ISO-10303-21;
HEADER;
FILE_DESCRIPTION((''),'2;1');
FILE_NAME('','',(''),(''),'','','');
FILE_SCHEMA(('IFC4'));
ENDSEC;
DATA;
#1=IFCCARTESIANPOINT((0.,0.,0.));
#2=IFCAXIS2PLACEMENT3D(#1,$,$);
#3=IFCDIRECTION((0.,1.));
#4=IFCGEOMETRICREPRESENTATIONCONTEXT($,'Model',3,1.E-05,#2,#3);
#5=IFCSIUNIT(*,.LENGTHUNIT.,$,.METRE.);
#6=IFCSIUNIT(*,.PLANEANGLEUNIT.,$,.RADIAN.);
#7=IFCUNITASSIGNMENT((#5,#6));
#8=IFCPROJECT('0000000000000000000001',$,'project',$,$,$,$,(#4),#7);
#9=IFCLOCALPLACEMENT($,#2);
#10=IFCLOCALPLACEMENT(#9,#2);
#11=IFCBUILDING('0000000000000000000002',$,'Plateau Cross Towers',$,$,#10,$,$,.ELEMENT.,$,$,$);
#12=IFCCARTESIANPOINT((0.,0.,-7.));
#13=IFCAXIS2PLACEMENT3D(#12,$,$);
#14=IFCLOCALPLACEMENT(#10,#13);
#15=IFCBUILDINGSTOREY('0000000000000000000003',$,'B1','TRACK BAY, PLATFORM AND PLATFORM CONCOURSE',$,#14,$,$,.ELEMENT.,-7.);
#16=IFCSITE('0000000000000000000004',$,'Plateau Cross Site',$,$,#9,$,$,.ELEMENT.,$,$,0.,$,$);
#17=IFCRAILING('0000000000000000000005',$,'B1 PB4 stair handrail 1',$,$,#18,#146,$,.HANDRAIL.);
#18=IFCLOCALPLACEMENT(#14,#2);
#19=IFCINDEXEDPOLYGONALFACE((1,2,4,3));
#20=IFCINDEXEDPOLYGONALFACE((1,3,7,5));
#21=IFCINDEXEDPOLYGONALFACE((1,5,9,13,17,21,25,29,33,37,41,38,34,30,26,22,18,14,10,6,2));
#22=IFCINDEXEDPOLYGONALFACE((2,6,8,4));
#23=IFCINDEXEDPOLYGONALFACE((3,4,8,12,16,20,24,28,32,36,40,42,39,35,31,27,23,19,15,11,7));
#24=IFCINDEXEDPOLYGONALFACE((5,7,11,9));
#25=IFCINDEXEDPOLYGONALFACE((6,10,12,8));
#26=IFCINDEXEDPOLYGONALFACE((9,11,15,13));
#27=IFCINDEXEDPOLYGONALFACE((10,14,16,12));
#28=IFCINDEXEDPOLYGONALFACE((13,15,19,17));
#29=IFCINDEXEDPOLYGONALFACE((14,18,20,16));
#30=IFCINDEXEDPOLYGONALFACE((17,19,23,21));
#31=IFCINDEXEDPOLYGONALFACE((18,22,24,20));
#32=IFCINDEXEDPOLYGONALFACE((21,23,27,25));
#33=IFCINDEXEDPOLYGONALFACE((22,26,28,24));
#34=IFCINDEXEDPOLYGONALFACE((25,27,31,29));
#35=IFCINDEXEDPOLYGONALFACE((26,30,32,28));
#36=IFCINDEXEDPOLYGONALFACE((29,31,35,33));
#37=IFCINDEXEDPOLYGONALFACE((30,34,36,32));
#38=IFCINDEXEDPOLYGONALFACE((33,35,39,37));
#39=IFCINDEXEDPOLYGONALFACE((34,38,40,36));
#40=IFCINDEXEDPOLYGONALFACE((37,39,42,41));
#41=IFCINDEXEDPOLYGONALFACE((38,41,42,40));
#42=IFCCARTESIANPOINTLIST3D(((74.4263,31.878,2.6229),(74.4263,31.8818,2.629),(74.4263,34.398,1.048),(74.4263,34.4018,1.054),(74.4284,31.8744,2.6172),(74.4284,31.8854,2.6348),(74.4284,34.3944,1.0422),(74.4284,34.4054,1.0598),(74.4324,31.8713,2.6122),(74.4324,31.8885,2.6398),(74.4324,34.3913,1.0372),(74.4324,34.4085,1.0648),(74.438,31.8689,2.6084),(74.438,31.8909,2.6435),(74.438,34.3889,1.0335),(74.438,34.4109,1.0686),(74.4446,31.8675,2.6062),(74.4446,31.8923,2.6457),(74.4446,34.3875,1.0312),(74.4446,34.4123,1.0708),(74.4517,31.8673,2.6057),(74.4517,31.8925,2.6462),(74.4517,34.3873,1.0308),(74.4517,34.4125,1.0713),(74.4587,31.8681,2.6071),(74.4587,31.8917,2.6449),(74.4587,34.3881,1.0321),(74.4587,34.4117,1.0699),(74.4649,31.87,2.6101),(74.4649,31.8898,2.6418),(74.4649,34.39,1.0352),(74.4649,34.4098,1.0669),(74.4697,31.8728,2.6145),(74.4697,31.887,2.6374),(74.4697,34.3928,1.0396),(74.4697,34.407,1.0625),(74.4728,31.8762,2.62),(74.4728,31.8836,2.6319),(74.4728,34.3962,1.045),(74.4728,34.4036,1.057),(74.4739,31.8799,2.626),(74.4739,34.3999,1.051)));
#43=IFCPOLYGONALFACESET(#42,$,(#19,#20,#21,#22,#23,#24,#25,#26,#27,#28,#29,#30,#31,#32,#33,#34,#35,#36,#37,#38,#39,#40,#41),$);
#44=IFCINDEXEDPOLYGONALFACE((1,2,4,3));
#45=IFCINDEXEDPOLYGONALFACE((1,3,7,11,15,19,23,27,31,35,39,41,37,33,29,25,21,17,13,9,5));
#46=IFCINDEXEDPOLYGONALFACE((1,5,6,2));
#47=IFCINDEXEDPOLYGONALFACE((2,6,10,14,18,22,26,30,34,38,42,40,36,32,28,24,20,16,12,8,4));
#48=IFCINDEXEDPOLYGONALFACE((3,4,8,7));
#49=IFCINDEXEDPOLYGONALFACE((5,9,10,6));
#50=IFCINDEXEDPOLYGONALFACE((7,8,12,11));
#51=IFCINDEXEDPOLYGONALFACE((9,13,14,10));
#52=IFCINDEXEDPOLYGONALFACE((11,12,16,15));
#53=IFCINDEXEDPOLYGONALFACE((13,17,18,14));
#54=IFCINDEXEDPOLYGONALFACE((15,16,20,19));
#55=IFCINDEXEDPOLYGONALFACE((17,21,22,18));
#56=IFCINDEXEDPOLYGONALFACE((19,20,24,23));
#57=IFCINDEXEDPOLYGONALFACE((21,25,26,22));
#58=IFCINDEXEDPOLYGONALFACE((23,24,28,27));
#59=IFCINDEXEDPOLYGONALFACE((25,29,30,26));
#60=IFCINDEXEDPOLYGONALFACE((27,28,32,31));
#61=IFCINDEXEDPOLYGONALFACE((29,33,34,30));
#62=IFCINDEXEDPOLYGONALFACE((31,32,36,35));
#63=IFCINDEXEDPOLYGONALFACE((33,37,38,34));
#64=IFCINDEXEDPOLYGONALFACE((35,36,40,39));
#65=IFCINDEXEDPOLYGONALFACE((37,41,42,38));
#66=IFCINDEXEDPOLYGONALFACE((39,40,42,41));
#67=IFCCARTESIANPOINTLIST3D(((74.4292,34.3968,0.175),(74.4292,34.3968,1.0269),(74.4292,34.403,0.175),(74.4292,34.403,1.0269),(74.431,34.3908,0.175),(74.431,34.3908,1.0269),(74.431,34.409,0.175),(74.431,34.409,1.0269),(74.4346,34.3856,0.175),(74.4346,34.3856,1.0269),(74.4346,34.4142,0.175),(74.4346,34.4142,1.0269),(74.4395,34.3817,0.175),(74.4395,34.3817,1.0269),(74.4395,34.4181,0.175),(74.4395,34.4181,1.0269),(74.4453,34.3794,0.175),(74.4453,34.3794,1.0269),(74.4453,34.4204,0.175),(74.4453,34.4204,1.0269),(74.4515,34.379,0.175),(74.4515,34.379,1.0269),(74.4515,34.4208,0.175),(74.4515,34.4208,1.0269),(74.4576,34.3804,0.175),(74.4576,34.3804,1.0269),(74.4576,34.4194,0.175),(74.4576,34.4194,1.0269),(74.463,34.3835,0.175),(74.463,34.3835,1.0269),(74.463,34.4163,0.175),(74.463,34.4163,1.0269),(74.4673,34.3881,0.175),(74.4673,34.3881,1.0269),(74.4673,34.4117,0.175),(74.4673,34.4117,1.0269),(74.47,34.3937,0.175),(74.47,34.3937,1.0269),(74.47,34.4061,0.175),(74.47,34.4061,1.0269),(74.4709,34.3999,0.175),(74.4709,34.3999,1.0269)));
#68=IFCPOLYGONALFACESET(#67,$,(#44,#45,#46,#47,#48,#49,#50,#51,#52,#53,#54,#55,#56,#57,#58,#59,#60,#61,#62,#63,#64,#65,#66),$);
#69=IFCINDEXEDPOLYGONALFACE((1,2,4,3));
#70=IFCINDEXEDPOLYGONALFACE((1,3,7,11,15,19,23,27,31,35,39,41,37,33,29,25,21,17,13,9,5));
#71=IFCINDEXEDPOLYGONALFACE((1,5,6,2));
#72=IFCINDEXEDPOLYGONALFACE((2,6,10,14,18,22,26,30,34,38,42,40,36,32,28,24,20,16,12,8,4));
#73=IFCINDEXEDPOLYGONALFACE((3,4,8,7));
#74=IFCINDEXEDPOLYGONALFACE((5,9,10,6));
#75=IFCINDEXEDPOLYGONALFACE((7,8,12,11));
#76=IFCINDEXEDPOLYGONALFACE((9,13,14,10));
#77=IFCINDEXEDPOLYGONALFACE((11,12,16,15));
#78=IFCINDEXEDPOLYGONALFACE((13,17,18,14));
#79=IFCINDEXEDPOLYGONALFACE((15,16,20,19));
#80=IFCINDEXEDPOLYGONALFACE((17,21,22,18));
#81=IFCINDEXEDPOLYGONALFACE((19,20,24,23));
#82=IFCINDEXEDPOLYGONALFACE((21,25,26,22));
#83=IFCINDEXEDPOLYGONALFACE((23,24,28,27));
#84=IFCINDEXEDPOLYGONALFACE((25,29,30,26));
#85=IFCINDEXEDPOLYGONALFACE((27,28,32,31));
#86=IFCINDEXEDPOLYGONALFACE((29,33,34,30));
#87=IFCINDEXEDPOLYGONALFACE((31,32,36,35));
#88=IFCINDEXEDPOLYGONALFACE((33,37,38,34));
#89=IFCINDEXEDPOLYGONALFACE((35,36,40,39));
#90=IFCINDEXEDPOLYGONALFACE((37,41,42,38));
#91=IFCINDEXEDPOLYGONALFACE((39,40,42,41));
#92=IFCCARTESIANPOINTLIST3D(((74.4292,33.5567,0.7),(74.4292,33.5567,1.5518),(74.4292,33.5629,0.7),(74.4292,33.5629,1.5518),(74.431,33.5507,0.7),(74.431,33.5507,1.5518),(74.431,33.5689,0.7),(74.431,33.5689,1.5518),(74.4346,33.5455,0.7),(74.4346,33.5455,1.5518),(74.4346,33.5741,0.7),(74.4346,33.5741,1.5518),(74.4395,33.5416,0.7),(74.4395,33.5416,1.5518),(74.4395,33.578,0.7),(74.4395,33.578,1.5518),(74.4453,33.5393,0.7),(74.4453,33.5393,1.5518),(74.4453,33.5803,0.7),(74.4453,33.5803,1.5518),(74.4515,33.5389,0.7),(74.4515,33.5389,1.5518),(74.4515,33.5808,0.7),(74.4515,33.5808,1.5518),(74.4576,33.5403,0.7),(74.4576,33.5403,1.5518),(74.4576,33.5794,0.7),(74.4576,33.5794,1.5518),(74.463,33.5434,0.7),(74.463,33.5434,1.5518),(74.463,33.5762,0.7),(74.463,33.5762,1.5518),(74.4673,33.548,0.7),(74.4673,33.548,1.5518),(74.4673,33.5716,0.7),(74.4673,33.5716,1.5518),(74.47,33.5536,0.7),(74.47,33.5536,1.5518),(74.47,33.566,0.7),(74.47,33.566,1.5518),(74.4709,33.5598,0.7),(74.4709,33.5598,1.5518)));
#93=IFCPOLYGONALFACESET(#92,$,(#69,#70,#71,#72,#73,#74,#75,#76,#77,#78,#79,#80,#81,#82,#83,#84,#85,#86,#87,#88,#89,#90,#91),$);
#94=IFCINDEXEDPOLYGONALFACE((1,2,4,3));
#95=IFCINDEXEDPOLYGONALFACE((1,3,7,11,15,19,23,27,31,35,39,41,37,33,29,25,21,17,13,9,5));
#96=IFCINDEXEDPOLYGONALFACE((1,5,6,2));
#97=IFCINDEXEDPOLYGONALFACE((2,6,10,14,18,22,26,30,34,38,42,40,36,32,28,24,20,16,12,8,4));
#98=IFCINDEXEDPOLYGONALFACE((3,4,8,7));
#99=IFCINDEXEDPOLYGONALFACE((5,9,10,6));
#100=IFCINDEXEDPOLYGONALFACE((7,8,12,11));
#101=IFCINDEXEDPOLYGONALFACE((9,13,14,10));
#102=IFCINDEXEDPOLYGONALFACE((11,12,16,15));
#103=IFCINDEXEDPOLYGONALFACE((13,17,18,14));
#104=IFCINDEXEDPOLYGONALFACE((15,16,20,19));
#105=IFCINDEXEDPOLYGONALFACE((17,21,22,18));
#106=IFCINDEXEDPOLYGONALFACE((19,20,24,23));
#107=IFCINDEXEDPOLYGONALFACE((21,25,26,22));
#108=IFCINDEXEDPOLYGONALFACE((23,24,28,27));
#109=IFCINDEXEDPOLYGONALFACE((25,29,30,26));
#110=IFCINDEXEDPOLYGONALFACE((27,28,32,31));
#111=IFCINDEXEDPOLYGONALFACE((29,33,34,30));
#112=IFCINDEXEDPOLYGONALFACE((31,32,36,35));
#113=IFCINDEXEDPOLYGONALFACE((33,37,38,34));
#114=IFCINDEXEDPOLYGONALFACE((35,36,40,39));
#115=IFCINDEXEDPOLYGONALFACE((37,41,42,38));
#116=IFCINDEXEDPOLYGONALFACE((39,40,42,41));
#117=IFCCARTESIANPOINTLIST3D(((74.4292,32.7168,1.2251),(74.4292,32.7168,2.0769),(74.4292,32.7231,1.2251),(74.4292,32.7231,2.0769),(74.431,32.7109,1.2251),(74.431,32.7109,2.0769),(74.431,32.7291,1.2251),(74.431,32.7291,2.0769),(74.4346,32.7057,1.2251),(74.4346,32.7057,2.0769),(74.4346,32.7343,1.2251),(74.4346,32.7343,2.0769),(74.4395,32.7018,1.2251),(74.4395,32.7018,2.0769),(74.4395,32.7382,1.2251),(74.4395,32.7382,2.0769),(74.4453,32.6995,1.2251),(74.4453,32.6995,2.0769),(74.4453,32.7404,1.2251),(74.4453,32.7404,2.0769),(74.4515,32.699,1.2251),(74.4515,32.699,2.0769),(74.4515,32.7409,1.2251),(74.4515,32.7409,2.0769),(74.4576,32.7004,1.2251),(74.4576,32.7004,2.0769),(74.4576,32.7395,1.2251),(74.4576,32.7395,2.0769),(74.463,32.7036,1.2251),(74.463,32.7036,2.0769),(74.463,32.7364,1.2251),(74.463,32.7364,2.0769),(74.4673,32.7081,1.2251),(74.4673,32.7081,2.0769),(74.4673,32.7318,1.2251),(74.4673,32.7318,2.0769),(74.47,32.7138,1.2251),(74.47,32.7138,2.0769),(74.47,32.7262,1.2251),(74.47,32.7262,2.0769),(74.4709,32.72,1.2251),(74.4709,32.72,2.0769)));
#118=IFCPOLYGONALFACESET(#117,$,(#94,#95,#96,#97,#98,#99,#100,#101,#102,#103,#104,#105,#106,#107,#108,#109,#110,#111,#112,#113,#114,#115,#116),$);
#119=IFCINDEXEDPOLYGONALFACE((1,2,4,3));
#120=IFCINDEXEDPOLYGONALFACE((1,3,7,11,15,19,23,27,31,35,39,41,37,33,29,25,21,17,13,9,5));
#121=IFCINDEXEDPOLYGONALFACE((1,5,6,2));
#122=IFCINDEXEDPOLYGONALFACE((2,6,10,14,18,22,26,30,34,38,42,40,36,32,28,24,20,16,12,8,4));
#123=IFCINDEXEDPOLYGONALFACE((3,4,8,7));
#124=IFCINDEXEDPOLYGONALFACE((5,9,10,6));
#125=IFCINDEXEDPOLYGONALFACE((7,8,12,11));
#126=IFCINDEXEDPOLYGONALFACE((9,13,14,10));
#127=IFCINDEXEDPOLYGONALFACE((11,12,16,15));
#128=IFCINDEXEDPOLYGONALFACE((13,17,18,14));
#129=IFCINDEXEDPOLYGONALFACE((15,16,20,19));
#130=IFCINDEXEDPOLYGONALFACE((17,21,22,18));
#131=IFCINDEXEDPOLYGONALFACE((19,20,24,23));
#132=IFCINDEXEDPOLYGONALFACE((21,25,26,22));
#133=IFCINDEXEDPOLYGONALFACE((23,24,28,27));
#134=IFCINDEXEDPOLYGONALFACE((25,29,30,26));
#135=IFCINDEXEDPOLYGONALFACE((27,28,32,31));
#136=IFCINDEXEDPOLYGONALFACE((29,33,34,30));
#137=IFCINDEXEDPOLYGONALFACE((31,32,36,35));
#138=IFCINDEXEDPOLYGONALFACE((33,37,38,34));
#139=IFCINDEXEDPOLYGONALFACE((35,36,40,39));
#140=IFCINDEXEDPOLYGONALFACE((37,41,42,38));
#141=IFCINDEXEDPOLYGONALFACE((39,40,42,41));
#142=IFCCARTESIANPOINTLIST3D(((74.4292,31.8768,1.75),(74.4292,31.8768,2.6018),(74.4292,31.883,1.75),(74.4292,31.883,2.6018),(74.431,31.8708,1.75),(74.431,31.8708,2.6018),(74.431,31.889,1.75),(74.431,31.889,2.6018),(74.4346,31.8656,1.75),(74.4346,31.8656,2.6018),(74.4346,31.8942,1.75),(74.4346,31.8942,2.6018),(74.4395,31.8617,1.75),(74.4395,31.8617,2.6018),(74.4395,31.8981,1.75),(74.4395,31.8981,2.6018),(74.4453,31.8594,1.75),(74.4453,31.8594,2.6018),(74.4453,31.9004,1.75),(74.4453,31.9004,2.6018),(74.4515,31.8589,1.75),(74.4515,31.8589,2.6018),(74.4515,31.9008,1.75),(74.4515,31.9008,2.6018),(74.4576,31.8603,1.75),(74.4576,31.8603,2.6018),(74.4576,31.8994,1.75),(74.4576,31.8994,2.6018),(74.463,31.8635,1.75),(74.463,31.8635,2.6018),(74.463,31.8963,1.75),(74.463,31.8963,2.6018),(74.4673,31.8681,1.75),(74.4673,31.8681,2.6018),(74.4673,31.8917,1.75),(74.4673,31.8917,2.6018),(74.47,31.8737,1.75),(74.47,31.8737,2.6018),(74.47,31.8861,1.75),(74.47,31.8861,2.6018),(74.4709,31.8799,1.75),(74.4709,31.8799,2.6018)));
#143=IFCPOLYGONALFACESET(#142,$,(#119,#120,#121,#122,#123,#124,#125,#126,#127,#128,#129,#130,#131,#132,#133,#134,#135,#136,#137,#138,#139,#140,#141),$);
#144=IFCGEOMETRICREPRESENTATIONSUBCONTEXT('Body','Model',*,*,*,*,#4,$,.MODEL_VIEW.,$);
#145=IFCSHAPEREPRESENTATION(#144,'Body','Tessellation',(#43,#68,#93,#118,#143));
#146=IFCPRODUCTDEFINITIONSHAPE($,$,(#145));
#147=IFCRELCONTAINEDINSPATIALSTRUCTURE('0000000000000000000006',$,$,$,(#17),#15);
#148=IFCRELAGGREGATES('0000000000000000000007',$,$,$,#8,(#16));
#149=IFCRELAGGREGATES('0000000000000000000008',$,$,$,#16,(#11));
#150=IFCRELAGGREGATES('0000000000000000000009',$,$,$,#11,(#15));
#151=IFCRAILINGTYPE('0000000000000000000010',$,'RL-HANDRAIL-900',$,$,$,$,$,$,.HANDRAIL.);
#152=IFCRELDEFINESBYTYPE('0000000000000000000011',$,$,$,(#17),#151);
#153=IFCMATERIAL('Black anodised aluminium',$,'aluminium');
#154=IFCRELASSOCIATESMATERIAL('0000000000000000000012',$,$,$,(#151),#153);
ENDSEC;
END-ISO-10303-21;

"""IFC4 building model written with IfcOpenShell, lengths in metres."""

from ifc_helpers import new_model, si_unit, direction, frame, origin, origin_2d, place, context, subcontext, project, spatial, circle, extrude, material, type_object, element, save


model = new_model("IFC4")

# Units and contexts
model_context = context("Model", 3, precision=1e-05, world=origin(), true_north=direction((0.0, 1.0)))
body_context = subcontext(model_context, "Body", "Model", "MODEL_VIEW")
ifc_project = project(units=[si_unit("LENGTHUNIT", "METRE"), si_unit("PLANEANGLEUNIT", "RADIAN")], contexts=[model_context])

# Site, building, storey
site_placement = place(None, origin())
site = spatial("IfcSite", under=ifc_project, at=site_placement, Name="Plateau Cross Site", CompositionType="ELEMENT", RefElevation=0.0)
building_placement = place(site_placement, origin())
building = spatial("IfcBuilding", under=site, at=building_placement, Name="Plateau Cross Towers", CompositionType="ELEMENT")
storey_placement = place(building_placement, frame((0.0, 0.0, -7.0)))
storey = spatial("IfcBuildingStorey", under=building, at=storey_placement, Name="B1", Description="TRACK BAY, PLATFORM AND PLATFORM CONCOURSE", CompositionType="ELEMENT", Elevation=-7.0)

# Railing
ifc_material_1 = material(Name="Black anodised aluminium", Category="aluminium")
railing_type_1 = type_object("IfcRailingType", Name="RL-HANDRAIL-900", PredefinedType="HANDRAIL", material=ifc_material_1)
railing_1_placement = place(storey_placement, frame((74.45, 34.3999, 0.175)))
element("IfcRailing", 1, at=railing_1_placement, inside=storey, type_object=railing_type_1, Name="B1 PB4 stair handrail 1", PredefinedType="HANDRAIL", context=body_context, shape_type="SweptSolid", body=[
    extrude(circle(Radius=0.0239, at=origin_2d()), frame((0.0, 0.0, 0.876), z_axis=(0.0, -0.848008, 0.529984), x_axis=(1.0, 0.0, 0.0)), (0.0, 0.0, 1.0), 2.9717),
    extrude(circle(Radius=0.021, at=origin_2d()), origin(), (0.0, 0.0, 1.0), 0.8518),
    extrude(circle(Radius=0.021, at=origin_2d()), frame((0.0, -0.8401, 0.5249)), (0.0, 0.0, 1.0), 0.8518),
    extrude(circle(Radius=0.021, at=origin_2d()), frame((0.0, -1.6799, 1.05)), (0.0, 0.0, 1.0), 0.8518),
    extrude(circle(Radius=0.021, at=origin_2d()), frame((0.0, -2.52, 1.575)), (0.0, 0.0, 1.0), 0.8518),
])

save(model, "model.ifc")
